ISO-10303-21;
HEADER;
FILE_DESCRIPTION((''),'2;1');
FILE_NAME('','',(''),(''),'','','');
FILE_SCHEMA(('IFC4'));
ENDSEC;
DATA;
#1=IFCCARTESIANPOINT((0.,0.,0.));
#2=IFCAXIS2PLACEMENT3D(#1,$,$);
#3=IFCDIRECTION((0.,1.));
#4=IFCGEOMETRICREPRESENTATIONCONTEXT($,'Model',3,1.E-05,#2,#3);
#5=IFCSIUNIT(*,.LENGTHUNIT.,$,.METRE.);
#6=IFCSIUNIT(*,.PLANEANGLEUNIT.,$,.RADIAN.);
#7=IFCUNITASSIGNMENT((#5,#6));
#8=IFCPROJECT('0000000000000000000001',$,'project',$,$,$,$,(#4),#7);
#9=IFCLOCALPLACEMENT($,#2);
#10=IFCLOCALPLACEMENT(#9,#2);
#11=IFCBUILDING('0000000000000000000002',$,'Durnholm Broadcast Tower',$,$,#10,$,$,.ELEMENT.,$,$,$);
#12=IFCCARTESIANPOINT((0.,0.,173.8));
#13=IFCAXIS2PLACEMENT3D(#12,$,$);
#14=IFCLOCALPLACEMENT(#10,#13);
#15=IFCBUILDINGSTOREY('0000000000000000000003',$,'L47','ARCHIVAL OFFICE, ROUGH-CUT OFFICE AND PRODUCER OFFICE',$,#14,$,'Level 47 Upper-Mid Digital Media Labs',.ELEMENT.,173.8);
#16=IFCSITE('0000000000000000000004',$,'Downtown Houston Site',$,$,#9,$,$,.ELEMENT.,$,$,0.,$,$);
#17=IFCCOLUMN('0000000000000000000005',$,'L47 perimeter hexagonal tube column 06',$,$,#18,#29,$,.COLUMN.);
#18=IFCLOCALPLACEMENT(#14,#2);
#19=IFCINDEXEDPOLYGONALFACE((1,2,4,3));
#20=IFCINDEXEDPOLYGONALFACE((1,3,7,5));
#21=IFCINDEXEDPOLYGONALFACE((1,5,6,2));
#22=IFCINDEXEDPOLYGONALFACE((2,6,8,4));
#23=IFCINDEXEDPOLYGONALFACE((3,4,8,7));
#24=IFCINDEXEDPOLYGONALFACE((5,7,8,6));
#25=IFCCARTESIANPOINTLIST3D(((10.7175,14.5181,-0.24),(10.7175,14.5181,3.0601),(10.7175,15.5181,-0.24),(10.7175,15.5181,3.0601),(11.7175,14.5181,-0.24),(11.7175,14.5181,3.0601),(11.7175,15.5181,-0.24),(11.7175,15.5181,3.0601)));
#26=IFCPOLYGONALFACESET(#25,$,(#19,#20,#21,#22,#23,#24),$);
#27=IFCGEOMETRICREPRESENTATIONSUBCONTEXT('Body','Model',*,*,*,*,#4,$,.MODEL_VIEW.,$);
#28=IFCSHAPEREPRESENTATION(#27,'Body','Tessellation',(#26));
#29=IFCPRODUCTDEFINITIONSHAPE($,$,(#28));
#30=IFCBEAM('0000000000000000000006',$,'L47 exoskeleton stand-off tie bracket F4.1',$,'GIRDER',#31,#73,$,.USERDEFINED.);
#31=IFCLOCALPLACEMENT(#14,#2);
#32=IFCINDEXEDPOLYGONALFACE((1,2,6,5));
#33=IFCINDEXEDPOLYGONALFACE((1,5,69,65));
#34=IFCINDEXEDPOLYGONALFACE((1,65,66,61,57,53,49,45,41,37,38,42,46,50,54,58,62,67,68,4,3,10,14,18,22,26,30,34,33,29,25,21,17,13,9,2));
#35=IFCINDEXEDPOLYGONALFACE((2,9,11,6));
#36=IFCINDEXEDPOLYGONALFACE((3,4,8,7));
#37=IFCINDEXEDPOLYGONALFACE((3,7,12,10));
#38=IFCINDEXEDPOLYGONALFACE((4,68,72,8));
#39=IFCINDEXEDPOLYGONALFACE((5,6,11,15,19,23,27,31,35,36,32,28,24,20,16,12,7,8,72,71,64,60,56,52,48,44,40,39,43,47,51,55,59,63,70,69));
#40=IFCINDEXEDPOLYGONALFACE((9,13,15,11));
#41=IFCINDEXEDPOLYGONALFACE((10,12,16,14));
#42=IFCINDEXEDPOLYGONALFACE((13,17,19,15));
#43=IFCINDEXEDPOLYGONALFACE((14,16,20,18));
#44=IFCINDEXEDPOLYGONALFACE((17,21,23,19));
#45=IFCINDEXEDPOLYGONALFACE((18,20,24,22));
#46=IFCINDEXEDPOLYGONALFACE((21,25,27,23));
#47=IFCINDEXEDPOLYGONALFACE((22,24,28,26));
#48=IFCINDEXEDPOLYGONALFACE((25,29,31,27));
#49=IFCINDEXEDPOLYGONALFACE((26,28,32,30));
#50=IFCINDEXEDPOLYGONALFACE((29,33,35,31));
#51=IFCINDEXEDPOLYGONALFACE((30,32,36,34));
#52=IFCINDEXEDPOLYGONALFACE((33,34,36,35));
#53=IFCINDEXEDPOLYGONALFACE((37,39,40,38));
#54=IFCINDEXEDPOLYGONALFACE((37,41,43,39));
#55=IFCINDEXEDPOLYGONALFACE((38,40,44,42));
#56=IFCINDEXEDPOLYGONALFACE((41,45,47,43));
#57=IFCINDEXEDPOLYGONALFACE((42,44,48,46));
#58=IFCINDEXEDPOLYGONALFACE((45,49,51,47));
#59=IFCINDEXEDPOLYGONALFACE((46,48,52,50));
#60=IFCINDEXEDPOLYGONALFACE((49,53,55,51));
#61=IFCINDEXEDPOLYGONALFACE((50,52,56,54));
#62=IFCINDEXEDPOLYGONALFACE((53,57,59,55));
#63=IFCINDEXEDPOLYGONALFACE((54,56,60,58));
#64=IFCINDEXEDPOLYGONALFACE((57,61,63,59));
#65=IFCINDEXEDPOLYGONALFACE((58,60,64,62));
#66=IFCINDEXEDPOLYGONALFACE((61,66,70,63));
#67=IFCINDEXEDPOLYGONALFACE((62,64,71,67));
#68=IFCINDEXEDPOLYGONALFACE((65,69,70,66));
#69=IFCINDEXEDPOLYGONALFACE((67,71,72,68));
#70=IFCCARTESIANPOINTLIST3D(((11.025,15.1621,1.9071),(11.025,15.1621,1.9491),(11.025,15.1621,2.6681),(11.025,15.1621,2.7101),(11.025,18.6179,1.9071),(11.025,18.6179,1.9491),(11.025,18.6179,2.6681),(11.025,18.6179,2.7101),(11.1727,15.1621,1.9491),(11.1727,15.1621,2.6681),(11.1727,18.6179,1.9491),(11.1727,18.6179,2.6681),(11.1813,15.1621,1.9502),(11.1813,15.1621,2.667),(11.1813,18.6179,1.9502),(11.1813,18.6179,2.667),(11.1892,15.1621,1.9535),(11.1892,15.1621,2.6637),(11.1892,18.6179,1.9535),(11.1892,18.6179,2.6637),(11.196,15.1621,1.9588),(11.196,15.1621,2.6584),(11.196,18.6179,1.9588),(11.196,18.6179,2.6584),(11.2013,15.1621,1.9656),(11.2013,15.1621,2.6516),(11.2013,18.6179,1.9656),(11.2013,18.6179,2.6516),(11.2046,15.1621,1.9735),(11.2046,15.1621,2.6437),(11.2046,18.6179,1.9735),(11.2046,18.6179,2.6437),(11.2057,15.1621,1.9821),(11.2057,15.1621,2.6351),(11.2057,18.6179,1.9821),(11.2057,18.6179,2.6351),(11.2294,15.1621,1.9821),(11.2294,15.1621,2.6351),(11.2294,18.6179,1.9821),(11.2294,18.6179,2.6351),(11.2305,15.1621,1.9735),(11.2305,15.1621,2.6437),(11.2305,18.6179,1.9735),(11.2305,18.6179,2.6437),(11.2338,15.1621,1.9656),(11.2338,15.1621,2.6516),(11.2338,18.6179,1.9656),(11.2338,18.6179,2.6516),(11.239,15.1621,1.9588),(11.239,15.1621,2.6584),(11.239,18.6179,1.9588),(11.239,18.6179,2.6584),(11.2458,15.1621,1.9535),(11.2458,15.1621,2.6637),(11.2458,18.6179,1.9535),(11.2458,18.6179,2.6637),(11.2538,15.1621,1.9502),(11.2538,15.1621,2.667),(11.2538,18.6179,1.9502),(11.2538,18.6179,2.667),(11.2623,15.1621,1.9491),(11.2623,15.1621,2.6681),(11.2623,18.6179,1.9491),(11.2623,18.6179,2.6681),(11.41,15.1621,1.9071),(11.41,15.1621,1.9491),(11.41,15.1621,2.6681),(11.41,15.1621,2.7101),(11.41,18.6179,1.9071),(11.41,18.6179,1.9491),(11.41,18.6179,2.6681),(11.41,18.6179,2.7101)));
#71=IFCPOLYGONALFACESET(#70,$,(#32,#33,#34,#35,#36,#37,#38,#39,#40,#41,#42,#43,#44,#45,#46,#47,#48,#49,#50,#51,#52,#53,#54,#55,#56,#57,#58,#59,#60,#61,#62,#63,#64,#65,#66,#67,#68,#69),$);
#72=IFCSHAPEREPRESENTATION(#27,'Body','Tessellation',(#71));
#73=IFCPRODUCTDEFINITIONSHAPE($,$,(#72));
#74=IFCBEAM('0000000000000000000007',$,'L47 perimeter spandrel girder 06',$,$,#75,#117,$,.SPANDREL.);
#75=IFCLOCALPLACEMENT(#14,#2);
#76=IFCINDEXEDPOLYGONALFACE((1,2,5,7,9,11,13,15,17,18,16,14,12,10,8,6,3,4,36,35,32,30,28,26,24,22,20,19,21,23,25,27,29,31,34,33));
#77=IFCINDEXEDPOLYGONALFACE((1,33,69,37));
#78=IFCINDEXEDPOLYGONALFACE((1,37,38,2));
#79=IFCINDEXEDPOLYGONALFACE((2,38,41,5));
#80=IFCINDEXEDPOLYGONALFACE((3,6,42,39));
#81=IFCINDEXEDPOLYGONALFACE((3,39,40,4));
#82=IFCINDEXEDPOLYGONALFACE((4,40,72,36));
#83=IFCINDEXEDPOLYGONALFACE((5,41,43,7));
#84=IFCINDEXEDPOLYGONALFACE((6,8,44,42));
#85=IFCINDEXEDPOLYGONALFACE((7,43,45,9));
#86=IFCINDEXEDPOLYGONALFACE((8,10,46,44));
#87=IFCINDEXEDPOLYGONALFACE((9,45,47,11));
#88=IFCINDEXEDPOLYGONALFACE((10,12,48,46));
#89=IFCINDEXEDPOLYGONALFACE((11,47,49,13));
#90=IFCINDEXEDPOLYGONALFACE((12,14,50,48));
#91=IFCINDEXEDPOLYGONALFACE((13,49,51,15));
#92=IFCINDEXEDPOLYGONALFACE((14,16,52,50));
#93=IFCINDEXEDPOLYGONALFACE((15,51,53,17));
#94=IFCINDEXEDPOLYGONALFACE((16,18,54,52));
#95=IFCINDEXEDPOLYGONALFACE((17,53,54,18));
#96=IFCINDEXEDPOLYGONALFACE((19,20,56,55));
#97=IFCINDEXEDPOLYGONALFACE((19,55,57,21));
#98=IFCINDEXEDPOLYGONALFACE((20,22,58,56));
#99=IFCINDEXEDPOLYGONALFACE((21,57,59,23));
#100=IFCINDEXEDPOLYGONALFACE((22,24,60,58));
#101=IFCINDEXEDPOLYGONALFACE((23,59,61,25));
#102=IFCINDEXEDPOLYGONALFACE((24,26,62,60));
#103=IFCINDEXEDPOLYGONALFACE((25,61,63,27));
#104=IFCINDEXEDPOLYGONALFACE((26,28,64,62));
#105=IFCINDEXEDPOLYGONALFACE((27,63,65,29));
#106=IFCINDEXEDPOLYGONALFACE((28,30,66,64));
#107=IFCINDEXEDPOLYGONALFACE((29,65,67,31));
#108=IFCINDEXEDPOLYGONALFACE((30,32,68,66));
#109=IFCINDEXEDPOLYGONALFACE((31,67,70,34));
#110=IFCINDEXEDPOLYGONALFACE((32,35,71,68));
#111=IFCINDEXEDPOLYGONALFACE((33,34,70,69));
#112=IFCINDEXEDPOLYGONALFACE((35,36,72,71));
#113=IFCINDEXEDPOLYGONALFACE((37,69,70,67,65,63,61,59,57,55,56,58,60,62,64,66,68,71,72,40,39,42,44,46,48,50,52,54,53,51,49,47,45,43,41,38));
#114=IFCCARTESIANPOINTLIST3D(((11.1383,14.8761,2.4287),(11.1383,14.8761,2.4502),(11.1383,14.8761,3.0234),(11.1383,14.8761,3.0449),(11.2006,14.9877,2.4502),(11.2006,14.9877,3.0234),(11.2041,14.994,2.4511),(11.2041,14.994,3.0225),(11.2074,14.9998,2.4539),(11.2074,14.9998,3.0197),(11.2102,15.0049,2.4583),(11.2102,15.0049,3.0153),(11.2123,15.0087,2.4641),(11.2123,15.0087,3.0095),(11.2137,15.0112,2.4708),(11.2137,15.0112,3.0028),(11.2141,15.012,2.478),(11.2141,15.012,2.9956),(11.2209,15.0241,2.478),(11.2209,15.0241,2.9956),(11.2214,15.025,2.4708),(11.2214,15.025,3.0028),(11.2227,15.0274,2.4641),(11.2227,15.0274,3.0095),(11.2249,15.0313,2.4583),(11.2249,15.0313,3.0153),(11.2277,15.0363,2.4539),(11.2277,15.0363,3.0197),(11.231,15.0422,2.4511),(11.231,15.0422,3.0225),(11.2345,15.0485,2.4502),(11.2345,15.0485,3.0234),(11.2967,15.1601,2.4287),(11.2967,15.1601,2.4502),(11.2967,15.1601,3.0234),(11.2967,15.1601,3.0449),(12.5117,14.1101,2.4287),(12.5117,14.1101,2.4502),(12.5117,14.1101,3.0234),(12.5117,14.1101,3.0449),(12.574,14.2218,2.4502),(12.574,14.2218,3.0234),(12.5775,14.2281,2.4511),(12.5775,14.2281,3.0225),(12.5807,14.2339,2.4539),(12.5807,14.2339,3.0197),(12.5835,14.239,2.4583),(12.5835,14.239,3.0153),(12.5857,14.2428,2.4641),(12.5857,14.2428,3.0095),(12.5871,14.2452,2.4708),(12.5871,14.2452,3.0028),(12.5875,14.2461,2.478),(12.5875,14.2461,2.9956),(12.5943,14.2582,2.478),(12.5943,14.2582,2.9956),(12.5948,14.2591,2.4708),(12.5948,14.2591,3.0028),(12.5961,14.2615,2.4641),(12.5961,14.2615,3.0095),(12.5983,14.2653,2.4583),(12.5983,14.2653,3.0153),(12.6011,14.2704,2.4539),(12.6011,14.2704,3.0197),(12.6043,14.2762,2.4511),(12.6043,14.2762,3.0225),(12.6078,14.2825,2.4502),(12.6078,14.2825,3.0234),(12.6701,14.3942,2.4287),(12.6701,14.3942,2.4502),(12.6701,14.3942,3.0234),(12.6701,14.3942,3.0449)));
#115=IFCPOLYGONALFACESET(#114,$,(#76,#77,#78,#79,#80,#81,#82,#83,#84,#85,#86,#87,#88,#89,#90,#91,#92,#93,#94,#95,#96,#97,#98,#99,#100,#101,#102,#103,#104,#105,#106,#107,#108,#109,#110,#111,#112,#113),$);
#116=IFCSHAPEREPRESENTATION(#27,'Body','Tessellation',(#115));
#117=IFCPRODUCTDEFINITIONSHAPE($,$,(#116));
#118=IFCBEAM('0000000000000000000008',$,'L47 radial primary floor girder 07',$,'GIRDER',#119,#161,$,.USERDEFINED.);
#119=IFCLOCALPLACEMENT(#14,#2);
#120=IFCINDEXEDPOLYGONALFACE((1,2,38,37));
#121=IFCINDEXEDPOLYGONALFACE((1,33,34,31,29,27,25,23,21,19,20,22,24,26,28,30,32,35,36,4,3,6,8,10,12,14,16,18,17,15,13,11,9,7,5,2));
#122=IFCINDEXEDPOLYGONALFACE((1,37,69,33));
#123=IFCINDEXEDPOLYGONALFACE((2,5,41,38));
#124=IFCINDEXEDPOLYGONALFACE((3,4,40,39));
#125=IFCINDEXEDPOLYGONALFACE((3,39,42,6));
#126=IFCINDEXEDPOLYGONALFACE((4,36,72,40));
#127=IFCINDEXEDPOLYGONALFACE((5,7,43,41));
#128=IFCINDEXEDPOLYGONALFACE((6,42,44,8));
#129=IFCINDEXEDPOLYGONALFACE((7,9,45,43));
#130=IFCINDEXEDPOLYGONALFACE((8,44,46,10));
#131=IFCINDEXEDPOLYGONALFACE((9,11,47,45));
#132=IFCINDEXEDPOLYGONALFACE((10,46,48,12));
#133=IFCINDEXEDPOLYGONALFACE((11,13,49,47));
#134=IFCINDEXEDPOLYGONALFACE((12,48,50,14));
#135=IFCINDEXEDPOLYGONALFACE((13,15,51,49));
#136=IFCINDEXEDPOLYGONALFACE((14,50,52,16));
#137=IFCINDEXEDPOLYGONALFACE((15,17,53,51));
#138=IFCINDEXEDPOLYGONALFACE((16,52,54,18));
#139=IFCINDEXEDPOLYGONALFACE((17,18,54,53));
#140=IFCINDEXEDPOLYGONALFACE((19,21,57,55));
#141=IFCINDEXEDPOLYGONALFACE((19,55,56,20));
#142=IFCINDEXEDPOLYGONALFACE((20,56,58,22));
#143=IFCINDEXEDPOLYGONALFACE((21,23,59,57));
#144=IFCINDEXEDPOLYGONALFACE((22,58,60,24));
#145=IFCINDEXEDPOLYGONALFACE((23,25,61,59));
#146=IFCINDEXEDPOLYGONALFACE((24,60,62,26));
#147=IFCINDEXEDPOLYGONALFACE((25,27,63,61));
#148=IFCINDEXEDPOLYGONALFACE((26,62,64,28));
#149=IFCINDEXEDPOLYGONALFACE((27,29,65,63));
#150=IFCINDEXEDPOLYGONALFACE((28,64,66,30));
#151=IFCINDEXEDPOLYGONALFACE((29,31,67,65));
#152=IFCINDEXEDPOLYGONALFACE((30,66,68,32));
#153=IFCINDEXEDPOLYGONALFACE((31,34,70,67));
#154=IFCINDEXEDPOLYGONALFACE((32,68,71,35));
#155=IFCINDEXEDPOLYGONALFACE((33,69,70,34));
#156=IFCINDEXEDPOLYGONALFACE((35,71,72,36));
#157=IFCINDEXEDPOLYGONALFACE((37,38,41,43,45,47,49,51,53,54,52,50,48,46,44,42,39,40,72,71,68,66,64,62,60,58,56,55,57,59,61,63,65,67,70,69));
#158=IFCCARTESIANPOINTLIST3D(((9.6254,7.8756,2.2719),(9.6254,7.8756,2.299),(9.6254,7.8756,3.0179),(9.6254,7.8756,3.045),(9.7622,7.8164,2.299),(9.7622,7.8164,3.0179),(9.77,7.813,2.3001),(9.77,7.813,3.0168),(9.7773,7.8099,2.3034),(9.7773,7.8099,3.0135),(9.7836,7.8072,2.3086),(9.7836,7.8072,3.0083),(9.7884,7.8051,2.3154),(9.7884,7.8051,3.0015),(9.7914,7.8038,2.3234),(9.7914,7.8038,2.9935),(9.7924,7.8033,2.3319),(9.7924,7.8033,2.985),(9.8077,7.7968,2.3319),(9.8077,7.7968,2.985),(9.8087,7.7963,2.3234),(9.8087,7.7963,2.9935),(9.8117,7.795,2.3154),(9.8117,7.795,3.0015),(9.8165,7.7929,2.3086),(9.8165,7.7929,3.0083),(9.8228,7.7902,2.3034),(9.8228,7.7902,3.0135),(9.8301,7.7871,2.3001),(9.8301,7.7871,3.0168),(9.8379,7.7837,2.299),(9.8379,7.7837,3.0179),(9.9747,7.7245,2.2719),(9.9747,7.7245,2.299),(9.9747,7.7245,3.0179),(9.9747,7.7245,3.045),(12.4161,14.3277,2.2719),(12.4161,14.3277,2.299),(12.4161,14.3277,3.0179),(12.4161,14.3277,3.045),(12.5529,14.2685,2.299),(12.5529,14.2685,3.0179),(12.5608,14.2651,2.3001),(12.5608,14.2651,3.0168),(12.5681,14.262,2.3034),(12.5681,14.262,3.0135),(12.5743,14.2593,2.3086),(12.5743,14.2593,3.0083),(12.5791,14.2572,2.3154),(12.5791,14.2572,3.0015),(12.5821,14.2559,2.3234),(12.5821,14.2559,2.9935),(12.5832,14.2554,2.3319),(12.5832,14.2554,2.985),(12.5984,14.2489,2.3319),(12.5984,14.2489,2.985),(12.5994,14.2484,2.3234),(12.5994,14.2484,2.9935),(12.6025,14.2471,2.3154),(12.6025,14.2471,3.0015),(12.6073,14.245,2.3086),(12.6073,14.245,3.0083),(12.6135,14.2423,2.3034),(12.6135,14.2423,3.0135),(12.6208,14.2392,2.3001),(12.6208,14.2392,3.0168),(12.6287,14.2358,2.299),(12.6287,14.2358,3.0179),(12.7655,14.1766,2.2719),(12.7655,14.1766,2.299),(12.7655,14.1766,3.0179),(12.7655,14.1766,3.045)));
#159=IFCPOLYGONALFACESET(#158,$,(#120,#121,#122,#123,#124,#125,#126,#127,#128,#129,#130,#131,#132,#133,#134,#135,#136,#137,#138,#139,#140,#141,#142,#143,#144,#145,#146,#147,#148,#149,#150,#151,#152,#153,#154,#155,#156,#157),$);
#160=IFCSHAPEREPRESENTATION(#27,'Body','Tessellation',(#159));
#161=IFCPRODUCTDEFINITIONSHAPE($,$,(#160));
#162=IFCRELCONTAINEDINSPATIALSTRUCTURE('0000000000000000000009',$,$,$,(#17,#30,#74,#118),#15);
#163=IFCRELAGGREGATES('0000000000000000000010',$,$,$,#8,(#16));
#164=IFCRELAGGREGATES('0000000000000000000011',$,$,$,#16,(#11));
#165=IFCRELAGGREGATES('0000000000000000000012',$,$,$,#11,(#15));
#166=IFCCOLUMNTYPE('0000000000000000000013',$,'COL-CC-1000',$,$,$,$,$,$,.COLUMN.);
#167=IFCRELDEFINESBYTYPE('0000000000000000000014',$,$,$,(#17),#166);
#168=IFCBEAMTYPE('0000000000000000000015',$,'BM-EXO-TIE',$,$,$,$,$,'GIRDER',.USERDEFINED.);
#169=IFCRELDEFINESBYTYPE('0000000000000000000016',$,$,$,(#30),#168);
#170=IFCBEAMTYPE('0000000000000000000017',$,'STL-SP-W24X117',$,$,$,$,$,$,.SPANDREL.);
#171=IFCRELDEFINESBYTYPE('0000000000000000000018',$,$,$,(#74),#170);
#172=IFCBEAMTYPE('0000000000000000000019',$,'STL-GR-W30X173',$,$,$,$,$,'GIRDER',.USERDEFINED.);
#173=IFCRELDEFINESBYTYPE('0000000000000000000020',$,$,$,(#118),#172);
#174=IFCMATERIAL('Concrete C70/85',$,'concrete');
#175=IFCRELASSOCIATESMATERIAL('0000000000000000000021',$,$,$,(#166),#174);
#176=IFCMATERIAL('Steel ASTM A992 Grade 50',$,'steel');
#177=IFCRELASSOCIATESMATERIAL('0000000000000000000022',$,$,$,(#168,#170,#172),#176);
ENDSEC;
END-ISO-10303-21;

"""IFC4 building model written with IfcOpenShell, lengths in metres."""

from ifc_helpers import new_model, si_unit, direction, frame, origin, origin_2d, place, context, subcontext, project, spatial, rectangle, i_section, extrude, source, transform, mapped, material, material_profile, profile_set, type_object, type_shapes, element, save


model = new_model("IFC4")

# Units and contexts
model_context = context("Model", 3, precision=1e-05, world=origin(), true_north=direction((0.0, 1.0)))
body_context = subcontext(model_context, "Body", "Model", "MODEL_VIEW")
ifc_project = project(units=[si_unit("LENGTHUNIT", "METRE"), si_unit("PLANEANGLEUNIT", "RADIAN")], contexts=[model_context])

# Site, building, storey
site_placement = place(None, origin())
site = spatial("IfcSite", under=ifc_project, at=site_placement, Name="Downtown Houston Site", CompositionType="ELEMENT", RefElevation=0.0)
building_placement = place(site_placement, origin())
building = spatial("IfcBuilding", under=site, at=building_placement, Name="Durnholm Broadcast Tower", CompositionType="ELEMENT")
storey_placement = place(building_placement, frame((0.0, 0.0, 173.8)))
storey = spatial("IfcBuildingStorey", under=building, at=storey_placement, Name="L47", Description="ARCHIVAL OFFICE, ROUGH-CUT OFFICE AND PRODUCER OFFICE", LongName="Level 47 Upper-Mid Digital Media Labs", CompositionType="ELEMENT", Elevation=173.8)

# Column
ifc_material_1 = material(Name="Concrete C70/85", Category="concrete")
ifc_material_profile_1 = material_profile(ifc_material_1, rectangle(XDim=1.0, YDim=1.0, at=origin_2d()), Name="RC1000X1000")
ifc_profile_set_1 = profile_set([ifc_material_profile_1], Name="Concrete C70/85")
column_type = type_object("IfcColumnType", Name="COL-CC-1000", PredefinedType="COLUMN", material=ifc_profile_set_1)
shared_shape_1 = source(origin(), body_context, "Body", "SweptSolid", [
    extrude(rectangle(XDim=1.0, YDim=1.0, at=origin_2d()), origin(), (0.0, 0.0, 1.0), 3.3),
])
type_shapes(column_type, [shared_shape_1])
column_placement = place(storey_placement, frame((11.2175, 15.0181, -0.24), z_axis=(0.0, 0.0, 1.0), x_axis=(1.0, 0.0, 0.0)))
element("IfcColumn", 1, at=column_placement, inside=storey, type_object=column_type, Name="L47 perimeter hexagonal tube column 06", PredefinedType="COLUMN", context=body_context, shape_type="MappedRepresentation", body=[
    mapped(shared_shape_1, transform((0.0, 0.0, 0.0), x_axis=(1.0, 0.0, 0.0), y_axis=(0.0, 1.0, 0.0), z_axis=(0.0, 0.0, 1.0), scale=1.0)),
])

# Beams
ifc_material_2 = material(Name="Steel ASTM A992 Grade 50", Category="steel")
ifc_material_profile_2 = material_profile(ifc_material_2, i_section(OverallWidth=0.385, OverallDepth=0.803, WebThickness=0.0237, FlangeThickness=0.042, FilletRadius=0.033, at=origin_2d()), Name="W30X261")
ifc_profile_set_2 = profile_set([ifc_material_profile_2], Name="Steel ASTM A992 Grade 50")
beam_type_1 = type_object("IfcBeamType", Name="BM-EXO-TIE", ElementType="GIRDER", PredefinedType="USERDEFINED", material=ifc_profile_set_2)
shared_shape_2 = source(origin(), body_context, "Body", "SweptSolid", [
    extrude(i_section(OverallWidth=0.385, OverallDepth=0.803, WebThickness=0.0237, FlangeThickness=0.042, FilletRadius=0.033, at=origin_2d()), origin(), (0.0, 0.0, 1.0), 3.4558),
])
type_shapes(beam_type_1, [shared_shape_2])
beam_1_placement = place(storey_placement, frame((11.2175, 15.1621, 2.3086), z_axis=(0.0, 1.0, 0.0), x_axis=(-1.0, 0.0, 0.0)))
element("IfcBeam", 2, at=beam_1_placement, inside=storey, type_object=beam_type_1, Name="L47 exoskeleton stand-off tie bracket F4.1", ObjectType="GIRDER", PredefinedType="USERDEFINED", context=body_context, shape_type="MappedRepresentation", body=[
    mapped(shared_shape_2, transform((0.0, 0.0, 0.0), x_axis=(1.0, 0.0, 0.0), y_axis=(0.0, 1.0, 0.0), z_axis=(0.0, 0.0, 1.0), scale=1.0)),
])
ifc_material_profile_3 = material_profile(ifc_material_2, i_section(OverallWidth=0.3252, OverallDepth=0.6162, WebThickness=0.0139, FlangeThickness=0.0215, FilletRadius=0.0278, at=origin_2d()), Name="W24X117")
ifc_profile_set_3 = profile_set([ifc_material_profile_3], Name="Steel ASTM A992 Grade 50")
beam_type_2 = type_object("IfcBeamType", Name="STL-SP-W24X117", PredefinedType="SPANDREL", material=ifc_profile_set_3)
shared_shape_3 = source(origin(), body_context, "Body", "SweptSolid", [
    extrude(i_section(OverallWidth=0.3252, OverallDepth=0.6162, WebThickness=0.0139, FlangeThickness=0.0215, FilletRadius=0.0278, at=origin_2d()), origin(), (0.0, 0.0, 1.0), 1.5725),
])
type_shapes(beam_type_2, [shared_shape_3])
beam_2_placement = place(storey_placement, frame((11.2175, 15.0181, 2.7368), z_axis=(0.873365, -0.487066, 0.0), x_axis=(0.487066, 0.873365, 0.0)))
element("IfcBeam", 3, at=beam_2_placement, inside=storey, type_object=beam_type_2, Name="L47 perimeter spandrel girder 06", PredefinedType="SPANDREL", context=body_context, shape_type="MappedRepresentation", body=[
    mapped(shared_shape_3, transform((0.0, 0.0, 0.0), x_axis=(1.0, 0.0, 0.0), y_axis=(0.0, 1.0, 0.0), z_axis=(0.0, 0.0, 1.0), scale=1.0)),
])
ifc_material_profile_4 = material_profile(ifc_material_2, i_section(OverallWidth=0.3806, OverallDepth=0.7732, WebThickness=0.0166, FlangeThickness=0.0271, FilletRadius=0.033, at=origin_2d()), Name="W30X173")
ifc_profile_set_4 = profile_set([ifc_material_profile_4], Name="Steel ASTM A992 Grade 50")
beam_type_3 = type_object("IfcBeamType", Name="STL-GR-W30X173", ElementType="GIRDER", PredefinedType="USERDEFINED", material=ifc_profile_set_4)
shared_shape_4 = source(origin(), body_context, "Body", "SweptSolid", [
    extrude(i_section(OverallWidth=0.3806, OverallDepth=0.7732, WebThickness=0.0166, FlangeThickness=0.0271, FilletRadius=0.033, at=origin_2d()), origin(), (0.0, 0.0, 1.0), 7.0298),
])
type_shapes(beam_type_3, [shared_shape_4])
beam_3_placement = place(storey_placement, frame((9.8, 7.8, 2.6584), z_axis=(0.396989, 0.917823, 0.0), x_axis=(-0.917823, 0.396989, 0.0)))
element("IfcBeam", 4, at=beam_3_placement, inside=storey, type_object=beam_type_3, Name="L47 radial primary floor girder 07", ObjectType="GIRDER", PredefinedType="USERDEFINED", context=body_context, shape_type="MappedRepresentation", body=[
    mapped(shared_shape_4, transform((0.0, 0.0, 0.0), x_axis=(1.0, 0.0, 0.0), y_axis=(0.0, 1.0, 0.0), z_axis=(0.0, 0.0, 1.0), scale=1.0)),
])

save(model, "model.ifc")
